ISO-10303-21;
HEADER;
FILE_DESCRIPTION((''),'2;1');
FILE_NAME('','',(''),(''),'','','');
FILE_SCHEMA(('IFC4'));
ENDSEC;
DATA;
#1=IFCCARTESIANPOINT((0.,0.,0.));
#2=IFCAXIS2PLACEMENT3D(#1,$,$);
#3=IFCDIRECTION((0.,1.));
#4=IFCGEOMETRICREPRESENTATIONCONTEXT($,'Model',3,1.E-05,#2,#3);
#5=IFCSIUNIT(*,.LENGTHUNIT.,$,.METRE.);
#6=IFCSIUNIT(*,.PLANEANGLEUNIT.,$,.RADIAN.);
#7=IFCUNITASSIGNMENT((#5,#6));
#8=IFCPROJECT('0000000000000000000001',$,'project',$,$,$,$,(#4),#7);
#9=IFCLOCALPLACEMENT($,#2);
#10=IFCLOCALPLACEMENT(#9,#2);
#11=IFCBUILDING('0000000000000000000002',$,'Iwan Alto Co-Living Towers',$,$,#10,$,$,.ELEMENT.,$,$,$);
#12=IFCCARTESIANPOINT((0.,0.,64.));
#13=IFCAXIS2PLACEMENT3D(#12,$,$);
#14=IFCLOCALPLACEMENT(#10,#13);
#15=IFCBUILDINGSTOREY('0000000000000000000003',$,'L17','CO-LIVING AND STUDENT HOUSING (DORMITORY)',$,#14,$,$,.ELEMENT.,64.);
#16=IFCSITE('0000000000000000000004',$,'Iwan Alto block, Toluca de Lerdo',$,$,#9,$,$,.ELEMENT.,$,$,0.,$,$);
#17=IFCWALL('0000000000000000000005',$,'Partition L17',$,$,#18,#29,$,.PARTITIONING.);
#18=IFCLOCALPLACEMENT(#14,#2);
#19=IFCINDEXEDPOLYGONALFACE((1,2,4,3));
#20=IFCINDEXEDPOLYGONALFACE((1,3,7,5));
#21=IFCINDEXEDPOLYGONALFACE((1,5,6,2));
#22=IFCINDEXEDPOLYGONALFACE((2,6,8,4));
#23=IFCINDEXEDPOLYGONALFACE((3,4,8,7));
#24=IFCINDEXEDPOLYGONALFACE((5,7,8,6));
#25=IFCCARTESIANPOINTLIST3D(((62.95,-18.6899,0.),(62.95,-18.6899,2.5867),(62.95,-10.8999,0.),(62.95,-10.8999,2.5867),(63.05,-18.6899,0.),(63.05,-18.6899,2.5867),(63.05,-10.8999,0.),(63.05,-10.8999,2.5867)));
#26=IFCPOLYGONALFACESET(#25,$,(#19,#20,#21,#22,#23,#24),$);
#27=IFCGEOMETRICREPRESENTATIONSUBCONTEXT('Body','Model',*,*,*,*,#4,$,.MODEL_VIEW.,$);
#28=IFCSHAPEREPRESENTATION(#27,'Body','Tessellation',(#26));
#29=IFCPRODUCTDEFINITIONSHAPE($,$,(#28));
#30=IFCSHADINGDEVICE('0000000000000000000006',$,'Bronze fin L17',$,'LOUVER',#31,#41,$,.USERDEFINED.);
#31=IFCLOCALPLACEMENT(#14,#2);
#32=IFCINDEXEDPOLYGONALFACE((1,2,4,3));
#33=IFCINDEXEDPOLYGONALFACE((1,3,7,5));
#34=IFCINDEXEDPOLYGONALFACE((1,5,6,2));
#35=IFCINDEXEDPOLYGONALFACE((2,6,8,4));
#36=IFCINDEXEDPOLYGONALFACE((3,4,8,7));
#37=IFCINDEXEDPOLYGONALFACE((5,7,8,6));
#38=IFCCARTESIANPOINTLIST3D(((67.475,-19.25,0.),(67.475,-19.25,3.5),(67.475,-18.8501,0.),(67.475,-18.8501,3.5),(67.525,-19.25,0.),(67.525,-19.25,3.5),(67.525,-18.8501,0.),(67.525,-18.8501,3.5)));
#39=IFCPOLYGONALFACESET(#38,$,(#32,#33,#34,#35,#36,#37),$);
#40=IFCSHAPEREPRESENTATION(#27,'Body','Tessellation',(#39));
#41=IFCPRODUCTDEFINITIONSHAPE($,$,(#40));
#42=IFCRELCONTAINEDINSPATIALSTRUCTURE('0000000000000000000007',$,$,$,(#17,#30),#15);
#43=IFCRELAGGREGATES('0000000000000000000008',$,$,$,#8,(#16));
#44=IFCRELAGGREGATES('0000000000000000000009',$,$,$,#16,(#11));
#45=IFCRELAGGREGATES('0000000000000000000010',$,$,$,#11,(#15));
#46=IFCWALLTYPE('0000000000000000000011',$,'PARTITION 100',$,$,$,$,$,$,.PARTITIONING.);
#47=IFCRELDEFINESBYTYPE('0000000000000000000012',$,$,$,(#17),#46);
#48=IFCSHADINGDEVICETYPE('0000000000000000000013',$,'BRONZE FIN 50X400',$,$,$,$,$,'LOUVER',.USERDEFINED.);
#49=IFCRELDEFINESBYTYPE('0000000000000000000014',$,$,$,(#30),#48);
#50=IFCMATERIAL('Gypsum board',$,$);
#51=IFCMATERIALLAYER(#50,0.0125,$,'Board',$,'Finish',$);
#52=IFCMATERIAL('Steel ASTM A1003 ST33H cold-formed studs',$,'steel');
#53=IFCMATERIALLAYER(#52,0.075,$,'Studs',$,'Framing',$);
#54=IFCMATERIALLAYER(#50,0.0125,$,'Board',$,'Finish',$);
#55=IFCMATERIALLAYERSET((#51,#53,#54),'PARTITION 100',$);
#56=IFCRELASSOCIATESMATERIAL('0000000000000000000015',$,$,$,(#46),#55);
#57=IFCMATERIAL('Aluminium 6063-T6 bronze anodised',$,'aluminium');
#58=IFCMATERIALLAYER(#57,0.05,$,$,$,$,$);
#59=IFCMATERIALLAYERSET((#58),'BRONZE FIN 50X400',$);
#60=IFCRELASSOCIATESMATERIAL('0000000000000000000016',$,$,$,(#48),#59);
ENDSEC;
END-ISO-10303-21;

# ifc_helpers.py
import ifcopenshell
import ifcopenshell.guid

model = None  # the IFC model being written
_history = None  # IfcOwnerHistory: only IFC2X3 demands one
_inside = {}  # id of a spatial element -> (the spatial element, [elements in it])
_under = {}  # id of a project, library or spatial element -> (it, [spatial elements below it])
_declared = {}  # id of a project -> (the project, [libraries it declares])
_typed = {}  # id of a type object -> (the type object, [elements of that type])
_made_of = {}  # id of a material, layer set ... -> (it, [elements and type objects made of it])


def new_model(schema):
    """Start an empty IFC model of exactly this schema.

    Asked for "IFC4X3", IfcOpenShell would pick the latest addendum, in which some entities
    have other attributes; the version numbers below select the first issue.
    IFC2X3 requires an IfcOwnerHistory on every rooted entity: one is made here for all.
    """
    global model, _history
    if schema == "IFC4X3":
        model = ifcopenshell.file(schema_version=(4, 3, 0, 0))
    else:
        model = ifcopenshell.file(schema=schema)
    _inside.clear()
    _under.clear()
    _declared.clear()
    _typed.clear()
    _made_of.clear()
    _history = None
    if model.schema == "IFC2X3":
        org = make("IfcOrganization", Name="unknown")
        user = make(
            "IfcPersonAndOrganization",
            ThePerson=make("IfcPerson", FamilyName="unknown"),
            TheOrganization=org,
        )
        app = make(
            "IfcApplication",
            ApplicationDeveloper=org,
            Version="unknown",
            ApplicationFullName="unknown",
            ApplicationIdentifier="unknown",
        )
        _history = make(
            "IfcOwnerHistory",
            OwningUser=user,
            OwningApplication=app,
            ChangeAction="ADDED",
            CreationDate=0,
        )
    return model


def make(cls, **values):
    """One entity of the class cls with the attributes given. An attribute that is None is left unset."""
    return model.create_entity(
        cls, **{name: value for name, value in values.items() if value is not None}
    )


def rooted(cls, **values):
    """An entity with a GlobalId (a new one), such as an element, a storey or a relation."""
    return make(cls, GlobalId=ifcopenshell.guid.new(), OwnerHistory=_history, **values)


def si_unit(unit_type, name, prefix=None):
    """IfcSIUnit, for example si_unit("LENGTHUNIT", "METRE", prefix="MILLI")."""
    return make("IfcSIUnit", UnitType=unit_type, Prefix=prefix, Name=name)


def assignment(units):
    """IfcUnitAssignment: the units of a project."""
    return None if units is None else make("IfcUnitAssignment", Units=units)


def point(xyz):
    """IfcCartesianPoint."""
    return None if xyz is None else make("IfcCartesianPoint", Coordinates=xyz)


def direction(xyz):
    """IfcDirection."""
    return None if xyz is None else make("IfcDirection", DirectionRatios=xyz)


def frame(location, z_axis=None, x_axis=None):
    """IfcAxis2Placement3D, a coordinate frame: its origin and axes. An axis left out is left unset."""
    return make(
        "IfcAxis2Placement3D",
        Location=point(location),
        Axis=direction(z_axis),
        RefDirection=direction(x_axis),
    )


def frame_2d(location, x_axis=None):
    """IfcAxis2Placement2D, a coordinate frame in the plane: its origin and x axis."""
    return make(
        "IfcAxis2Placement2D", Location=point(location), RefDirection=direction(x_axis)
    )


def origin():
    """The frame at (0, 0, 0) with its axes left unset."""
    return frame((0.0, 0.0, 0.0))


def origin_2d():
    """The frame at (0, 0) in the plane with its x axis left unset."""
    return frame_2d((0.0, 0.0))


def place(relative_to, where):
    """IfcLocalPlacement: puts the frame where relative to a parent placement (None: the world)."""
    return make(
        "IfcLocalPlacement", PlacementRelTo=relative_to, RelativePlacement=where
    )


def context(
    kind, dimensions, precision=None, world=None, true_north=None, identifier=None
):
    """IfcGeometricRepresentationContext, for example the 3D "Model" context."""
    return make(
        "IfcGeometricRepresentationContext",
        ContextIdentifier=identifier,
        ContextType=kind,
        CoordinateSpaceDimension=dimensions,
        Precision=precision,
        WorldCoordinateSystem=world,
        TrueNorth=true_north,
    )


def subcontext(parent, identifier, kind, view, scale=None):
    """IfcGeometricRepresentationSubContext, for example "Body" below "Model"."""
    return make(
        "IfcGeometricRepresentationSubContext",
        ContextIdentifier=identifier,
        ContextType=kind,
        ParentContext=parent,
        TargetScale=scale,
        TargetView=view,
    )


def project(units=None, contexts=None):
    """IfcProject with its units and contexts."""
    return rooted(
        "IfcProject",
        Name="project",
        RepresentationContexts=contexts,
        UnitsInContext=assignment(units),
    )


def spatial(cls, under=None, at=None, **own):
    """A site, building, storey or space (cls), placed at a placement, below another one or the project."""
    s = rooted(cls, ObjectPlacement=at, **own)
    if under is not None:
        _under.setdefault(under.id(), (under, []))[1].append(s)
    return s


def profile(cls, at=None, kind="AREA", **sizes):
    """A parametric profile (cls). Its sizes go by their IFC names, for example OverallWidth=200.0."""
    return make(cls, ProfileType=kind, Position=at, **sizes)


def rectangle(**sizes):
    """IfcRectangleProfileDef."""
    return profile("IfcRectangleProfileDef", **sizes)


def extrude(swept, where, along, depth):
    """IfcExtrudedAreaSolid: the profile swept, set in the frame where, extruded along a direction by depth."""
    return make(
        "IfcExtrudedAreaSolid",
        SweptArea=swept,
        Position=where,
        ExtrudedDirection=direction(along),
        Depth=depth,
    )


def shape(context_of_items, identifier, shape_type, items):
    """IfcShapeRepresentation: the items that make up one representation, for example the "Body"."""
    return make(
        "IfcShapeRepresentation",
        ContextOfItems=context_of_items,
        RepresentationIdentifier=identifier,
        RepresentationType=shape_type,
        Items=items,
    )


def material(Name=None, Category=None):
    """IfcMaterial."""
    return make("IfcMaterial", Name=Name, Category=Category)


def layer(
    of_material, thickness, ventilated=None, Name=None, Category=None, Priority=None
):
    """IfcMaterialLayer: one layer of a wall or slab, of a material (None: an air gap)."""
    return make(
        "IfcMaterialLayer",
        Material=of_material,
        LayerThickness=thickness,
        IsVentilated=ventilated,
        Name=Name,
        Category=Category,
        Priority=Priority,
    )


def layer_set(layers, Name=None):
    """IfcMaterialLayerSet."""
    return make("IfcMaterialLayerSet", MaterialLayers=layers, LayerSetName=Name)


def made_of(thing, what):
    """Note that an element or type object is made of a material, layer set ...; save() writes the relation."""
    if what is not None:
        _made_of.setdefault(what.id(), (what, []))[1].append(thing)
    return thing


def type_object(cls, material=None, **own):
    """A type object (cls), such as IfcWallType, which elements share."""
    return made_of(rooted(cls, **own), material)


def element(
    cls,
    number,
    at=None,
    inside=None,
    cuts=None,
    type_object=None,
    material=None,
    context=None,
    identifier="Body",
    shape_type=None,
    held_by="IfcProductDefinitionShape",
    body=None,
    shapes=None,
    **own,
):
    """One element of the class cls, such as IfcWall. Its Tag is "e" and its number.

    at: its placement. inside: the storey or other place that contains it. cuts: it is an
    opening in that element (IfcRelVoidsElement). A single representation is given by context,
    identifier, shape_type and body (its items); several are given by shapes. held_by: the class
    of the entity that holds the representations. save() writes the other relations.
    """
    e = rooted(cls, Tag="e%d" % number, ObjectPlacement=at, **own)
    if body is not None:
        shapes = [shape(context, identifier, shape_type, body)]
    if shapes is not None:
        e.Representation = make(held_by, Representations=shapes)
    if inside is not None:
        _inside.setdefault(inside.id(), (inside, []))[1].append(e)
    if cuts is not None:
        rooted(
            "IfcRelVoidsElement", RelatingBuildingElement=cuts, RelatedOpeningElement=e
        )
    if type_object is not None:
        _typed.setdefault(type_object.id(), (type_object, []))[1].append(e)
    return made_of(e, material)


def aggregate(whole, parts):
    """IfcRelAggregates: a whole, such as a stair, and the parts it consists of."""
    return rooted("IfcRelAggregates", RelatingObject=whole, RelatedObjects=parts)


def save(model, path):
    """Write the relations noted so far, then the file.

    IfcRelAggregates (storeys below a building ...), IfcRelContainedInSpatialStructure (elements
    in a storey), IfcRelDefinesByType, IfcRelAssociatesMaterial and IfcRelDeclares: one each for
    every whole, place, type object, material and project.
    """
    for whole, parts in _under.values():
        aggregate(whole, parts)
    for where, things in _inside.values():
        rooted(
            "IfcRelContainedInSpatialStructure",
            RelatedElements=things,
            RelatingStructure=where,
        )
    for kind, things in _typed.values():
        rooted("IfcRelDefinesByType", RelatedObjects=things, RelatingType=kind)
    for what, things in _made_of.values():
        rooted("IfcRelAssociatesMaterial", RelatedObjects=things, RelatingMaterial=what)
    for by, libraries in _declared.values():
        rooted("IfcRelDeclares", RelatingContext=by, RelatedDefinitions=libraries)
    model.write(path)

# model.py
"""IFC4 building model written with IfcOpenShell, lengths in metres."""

from ifc_helpers import new_model, si_unit, direction, frame, frame_2d, origin, origin_2d, place, context, subcontext, project, spatial, rectangle, extrude, material, layer, layer_set, type_object, element, save


model = new_model("IFC4")

# Units and contexts
model_context = context("Model", 3, precision=1e-05, world=origin(), true_north=direction((0.0, 1.0)))
body_context = subcontext(model_context, "Body", "Model", "MODEL_VIEW")
ifc_project = project(units=[si_unit("LENGTHUNIT", "METRE"), si_unit("PLANEANGLEUNIT", "RADIAN")], contexts=[model_context])

# Site, building, storey
site_placement = place(None, origin())
site = spatial("IfcSite", under=ifc_project, at=site_placement, Name="Iwan Alto block, Toluca de Lerdo", CompositionType="ELEMENT", RefElevation=0.0)
building_placement = place(site_placement, origin())
building = spatial("IfcBuilding", under=site, at=building_placement, Name="Iwan Alto Co-Living Towers", CompositionType="ELEMENT")
storey_placement = place(building_placement, frame((0.0, 0.0, 64.0)))
storey = spatial("IfcBuildingStorey", under=building, at=storey_placement, Name="L17", Description="CO-LIVING AND STUDENT HOUSING (DORMITORY)", CompositionType="ELEMENT", Elevation=64.0)

# Shared definitions
ifc_material_1 = material(Name="Gypsum board")
ifc_layer_1 = layer(ifc_material_1, 0.0125, Name="Board", Category="Finish")
ifc_material_2 = material(Name="Steel ASTM A1003 ST33H cold-formed studs", Category="steel")
ifc_layer_2 = layer(ifc_material_2, 0.075, Name="Studs", Category="Framing")
ifc_layer_3 = layer(ifc_material_1, 0.0125, Name="Board", Category="Finish")
ifc_layer_set_1 = layer_set([ifc_layer_1, ifc_layer_2, ifc_layer_3], Name="PARTITION 100")
wall_type = type_object("IfcWallType", Name="PARTITION 100", PredefinedType="PARTITIONING", material=ifc_layer_set_1)

# Wall
wall_1_placement = place(storey_placement, frame((63.0, -18.6899, 0.0), z_axis=(0.0, 0.0, 1.0), x_axis=(0.0, 1.0, 0.0)))
element("IfcWall", 1, at=wall_1_placement, inside=storey, type_object=wall_type, Name="Partition L17", PredefinedType="PARTITIONING", context=body_context, shape_type="SweptSolid", body=[
    extrude(rectangle(XDim=7.79, YDim=0.1001, at=frame_2d((3.895, 0.0))), origin(), (0.0, 0.0, 1.0), 2.5867),
])

# Shading device
ifc_material_3 = material(Name="Aluminium 6063-T6 bronze anodised", Category="aluminium")
ifc_layer_4 = layer(ifc_material_3, 0.05)
ifc_layer_set_2 = layer_set([ifc_layer_4], Name="BRONZE FIN 50X400")
shading_device_type = type_object("IfcShadingDeviceType", Name="BRONZE FIN 50X400", ElementType="LOUVER", PredefinedType="USERDEFINED", material=ifc_layer_set_2)
shading_device_placement = place(storey_placement, frame((67.5, -19.05, 0.0), z_axis=(0.0, 0.0, 1.0), x_axis=(1.0, 0.0, 0.0)))
element("IfcShadingDevice", 2, at=shading_device_placement, inside=storey, type_object=shading_device_type, Name="Bronze fin L17", ObjectType="LOUVER", PredefinedType="USERDEFINED", context=body_context, shape_type="SweptSolid", body=[
    extrude(rectangle(XDim=0.05, YDim=0.3999, at=origin_2d()), origin(), (0.0, 0.0, 1.0), 3.5),
])

save(model, "model.ifc")
